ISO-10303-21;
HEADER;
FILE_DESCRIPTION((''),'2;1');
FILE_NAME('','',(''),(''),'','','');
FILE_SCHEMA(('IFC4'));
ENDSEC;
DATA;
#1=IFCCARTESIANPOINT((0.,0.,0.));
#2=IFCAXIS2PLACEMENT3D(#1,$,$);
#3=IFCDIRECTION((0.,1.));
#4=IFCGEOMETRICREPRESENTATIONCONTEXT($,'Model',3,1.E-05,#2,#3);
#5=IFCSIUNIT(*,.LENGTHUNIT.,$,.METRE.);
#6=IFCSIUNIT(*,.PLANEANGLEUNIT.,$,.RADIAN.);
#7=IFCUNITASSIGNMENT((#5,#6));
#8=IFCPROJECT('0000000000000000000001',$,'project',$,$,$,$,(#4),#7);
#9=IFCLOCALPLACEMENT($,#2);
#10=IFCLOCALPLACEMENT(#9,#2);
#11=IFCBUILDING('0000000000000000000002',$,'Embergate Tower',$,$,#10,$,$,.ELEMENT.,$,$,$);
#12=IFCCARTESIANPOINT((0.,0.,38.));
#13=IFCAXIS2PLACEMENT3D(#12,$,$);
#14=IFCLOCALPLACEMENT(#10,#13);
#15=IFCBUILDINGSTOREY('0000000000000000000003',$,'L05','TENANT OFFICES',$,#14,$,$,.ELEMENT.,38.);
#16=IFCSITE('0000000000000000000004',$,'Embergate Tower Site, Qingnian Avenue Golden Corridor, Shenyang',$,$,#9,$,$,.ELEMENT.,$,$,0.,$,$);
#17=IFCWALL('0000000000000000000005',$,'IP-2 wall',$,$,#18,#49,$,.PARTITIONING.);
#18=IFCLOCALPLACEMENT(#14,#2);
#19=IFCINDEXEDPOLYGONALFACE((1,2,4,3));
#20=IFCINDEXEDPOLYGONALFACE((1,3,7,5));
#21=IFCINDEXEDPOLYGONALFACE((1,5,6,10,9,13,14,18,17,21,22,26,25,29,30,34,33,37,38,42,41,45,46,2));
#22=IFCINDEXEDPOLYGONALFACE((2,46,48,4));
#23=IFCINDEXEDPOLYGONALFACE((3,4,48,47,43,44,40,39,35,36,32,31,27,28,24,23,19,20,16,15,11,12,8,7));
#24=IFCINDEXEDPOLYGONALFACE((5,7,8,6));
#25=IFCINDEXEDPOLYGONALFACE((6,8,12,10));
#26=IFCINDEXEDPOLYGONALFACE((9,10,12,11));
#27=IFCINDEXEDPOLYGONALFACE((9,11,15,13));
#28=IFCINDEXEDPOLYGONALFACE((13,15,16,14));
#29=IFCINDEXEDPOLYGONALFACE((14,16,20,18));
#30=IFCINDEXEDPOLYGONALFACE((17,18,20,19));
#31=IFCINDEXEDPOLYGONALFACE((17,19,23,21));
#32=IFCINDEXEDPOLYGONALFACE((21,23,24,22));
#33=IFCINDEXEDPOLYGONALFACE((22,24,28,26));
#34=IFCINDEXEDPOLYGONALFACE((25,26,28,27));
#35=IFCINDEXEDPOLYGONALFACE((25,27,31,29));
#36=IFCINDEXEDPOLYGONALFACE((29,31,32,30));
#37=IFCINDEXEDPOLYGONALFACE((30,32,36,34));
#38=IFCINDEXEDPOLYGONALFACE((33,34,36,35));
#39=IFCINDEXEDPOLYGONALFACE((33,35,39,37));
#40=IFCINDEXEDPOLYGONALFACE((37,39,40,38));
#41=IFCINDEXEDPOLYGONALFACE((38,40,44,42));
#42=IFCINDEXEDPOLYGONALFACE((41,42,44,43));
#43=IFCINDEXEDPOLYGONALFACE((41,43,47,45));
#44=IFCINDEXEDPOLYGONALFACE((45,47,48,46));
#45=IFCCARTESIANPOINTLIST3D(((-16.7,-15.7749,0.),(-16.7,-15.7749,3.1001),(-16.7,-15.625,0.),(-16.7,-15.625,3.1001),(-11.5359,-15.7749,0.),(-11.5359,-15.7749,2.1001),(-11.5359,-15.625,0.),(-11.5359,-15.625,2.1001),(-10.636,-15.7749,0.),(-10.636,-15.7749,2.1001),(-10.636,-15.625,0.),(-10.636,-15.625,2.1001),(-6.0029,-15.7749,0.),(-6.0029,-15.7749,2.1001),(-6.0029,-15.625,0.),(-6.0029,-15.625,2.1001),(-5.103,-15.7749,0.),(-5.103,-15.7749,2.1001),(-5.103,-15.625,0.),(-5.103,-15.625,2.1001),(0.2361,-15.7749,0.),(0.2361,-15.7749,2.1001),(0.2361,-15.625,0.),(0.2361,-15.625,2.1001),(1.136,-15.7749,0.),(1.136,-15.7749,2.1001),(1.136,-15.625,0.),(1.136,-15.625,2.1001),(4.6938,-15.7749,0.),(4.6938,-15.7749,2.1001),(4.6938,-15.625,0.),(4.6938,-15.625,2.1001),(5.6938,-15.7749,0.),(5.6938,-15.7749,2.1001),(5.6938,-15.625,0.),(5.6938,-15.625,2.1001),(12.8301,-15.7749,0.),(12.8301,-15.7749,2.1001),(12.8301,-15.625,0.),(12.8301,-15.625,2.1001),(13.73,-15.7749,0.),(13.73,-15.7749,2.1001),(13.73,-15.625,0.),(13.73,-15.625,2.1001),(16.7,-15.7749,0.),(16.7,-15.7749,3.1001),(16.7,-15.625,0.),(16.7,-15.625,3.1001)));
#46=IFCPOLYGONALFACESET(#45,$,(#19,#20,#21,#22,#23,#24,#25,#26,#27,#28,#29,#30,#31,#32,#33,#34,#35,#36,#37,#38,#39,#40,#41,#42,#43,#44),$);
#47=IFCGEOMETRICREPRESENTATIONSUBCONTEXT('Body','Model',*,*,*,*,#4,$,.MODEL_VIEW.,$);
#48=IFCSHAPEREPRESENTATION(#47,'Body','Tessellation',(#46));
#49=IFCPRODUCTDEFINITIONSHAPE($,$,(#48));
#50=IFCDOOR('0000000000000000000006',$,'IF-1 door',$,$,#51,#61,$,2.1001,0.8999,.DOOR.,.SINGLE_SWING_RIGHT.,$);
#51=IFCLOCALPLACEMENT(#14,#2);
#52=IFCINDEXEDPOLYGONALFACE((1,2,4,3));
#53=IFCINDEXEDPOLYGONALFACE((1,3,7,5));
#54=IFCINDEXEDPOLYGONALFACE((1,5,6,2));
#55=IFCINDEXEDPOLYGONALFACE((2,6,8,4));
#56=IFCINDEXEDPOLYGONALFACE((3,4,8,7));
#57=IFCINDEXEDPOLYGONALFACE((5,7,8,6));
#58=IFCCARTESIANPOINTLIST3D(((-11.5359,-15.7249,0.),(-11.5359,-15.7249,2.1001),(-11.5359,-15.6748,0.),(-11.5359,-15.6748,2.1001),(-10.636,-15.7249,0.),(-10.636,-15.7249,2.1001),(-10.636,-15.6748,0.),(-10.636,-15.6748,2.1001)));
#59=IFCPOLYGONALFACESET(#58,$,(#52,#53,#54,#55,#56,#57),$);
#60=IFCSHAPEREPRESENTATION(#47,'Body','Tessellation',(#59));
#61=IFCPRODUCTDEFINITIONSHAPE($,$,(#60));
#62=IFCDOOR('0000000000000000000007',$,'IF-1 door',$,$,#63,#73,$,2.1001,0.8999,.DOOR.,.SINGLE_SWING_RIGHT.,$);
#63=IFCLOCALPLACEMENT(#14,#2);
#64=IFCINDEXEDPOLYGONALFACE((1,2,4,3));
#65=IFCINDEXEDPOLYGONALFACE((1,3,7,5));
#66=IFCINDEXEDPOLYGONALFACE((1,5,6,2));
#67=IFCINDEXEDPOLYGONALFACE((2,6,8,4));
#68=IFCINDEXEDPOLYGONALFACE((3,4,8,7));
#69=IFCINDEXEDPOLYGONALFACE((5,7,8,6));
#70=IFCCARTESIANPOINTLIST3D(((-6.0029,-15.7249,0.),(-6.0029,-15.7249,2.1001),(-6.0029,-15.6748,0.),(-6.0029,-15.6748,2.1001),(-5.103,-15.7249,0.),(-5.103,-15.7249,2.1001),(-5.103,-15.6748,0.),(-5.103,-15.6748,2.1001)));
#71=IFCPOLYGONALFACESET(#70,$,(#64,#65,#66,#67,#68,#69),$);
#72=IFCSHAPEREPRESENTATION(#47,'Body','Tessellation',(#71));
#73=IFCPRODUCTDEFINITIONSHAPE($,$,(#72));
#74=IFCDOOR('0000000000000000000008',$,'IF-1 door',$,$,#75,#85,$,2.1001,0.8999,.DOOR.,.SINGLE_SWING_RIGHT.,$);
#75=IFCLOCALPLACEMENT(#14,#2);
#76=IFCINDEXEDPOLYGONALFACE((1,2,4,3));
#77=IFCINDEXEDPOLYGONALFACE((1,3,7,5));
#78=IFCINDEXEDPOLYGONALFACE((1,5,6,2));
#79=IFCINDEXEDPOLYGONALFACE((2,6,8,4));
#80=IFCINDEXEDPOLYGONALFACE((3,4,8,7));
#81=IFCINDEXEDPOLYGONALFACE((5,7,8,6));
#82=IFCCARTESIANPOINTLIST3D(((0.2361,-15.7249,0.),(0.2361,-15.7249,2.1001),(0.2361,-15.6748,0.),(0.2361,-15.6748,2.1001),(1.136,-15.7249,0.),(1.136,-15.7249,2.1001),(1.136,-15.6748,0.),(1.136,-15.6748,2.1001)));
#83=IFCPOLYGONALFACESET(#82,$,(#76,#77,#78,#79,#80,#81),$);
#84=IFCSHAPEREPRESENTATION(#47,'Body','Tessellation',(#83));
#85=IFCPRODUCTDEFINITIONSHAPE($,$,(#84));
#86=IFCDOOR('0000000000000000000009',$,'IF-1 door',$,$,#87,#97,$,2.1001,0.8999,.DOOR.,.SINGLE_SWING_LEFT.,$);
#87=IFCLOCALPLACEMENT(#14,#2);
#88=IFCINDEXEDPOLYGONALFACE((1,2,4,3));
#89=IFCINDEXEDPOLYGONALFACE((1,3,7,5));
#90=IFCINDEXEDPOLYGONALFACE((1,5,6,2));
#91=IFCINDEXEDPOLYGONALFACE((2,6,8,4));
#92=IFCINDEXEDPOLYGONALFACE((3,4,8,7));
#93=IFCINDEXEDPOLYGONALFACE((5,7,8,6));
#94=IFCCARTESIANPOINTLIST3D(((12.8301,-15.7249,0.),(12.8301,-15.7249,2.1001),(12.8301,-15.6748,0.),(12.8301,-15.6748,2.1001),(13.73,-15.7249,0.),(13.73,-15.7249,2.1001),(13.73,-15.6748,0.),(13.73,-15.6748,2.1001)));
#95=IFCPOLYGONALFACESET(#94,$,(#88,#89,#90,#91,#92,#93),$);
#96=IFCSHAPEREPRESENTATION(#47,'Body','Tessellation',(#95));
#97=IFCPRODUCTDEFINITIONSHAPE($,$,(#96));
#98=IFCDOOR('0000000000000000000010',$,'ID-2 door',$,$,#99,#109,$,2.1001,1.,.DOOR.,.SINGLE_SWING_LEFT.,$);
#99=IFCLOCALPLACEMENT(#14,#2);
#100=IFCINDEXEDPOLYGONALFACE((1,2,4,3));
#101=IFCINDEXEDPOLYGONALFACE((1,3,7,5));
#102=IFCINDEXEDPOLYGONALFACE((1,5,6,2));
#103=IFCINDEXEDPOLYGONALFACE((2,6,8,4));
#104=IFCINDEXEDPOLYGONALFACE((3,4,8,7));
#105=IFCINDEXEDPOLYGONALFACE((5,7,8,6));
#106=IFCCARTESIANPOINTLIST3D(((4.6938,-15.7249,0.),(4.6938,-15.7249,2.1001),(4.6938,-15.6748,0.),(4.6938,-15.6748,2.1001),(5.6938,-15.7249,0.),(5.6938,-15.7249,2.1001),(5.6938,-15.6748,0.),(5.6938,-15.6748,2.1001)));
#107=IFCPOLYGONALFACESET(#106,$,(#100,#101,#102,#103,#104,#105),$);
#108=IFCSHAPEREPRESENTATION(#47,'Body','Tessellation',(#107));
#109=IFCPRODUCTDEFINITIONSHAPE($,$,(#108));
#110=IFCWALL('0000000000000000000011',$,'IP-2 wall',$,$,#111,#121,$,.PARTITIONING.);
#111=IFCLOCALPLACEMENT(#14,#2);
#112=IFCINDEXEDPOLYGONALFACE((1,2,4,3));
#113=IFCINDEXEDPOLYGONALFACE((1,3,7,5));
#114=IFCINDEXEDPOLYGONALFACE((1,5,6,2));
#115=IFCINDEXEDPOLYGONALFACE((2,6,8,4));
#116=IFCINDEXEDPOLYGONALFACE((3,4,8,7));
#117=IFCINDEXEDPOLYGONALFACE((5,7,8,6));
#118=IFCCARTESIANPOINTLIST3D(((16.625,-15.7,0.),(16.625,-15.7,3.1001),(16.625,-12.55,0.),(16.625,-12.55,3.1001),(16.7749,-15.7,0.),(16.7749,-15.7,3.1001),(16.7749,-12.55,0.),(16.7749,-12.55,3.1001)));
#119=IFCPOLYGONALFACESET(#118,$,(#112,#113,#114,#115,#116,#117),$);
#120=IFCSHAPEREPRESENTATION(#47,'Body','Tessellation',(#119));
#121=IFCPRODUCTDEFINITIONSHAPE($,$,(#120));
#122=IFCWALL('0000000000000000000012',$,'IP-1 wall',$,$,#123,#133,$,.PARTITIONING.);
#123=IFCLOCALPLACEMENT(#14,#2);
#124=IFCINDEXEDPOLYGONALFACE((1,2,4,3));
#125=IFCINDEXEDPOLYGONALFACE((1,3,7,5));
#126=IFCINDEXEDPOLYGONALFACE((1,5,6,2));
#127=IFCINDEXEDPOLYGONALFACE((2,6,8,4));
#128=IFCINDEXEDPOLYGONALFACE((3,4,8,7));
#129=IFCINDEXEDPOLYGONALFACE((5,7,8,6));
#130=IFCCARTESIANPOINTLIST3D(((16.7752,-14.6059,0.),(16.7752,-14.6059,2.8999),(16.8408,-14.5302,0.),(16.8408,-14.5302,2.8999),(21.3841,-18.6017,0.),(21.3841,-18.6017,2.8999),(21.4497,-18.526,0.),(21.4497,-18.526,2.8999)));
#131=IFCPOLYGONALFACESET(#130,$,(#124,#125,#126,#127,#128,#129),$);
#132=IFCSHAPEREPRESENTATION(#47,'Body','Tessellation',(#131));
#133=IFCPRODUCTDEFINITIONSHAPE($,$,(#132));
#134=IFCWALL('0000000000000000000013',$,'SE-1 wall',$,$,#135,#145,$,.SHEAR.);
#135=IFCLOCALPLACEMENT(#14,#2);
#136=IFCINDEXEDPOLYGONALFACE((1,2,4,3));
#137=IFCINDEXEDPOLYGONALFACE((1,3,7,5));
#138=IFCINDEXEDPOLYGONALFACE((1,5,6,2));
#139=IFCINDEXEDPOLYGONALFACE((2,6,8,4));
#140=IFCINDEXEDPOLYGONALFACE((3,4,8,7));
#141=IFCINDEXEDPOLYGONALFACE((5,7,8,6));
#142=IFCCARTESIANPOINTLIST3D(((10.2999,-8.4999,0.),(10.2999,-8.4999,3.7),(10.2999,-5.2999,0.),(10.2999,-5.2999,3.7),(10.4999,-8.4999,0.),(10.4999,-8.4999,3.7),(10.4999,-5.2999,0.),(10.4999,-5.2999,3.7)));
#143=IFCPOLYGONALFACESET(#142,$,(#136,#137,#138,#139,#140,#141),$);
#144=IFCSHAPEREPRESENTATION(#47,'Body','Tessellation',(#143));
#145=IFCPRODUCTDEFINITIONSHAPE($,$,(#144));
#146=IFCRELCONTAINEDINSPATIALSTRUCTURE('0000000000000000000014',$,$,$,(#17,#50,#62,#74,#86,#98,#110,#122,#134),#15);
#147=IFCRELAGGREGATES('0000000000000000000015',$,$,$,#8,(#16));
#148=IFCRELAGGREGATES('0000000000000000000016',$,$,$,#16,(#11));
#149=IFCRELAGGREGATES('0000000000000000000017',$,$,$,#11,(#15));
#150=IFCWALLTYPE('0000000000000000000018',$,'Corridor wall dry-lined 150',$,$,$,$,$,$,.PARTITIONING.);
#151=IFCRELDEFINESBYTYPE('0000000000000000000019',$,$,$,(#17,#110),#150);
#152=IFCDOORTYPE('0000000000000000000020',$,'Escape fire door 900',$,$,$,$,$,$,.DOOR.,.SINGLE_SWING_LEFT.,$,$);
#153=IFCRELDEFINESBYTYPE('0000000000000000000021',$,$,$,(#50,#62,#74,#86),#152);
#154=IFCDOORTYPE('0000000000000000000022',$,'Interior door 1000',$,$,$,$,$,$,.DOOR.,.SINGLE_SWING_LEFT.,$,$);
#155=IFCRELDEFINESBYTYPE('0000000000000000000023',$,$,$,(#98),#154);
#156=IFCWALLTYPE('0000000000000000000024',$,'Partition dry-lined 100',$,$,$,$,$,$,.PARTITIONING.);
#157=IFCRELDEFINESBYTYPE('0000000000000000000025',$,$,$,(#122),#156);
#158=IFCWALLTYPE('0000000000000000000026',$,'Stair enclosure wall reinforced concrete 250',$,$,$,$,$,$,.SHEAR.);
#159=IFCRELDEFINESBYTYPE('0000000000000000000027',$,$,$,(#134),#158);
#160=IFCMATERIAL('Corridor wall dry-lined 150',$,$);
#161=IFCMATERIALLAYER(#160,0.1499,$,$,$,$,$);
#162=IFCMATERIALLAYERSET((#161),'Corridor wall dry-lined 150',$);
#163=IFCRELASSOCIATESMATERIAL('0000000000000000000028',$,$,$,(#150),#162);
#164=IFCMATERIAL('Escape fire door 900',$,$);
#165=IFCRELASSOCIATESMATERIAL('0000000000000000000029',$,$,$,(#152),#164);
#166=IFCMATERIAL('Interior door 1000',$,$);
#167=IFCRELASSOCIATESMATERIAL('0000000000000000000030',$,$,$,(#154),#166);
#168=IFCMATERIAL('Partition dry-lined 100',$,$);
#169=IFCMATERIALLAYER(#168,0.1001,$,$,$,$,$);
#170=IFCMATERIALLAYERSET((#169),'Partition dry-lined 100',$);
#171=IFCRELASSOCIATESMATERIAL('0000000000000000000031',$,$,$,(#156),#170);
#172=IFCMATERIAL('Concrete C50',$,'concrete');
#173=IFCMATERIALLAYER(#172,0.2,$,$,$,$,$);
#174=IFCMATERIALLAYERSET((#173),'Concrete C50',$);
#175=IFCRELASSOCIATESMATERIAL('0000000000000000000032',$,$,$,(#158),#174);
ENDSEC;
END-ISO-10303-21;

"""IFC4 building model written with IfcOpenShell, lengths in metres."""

from ifc_helpers import new_model, si_unit, direction, frame, frame_2d, origin, place, context, subcontext, project, spatial, rectangle, extrude, source, transform, mapped, material, layer, layer_set, type_object, element, fill, save


model = new_model("IFC4")

# Units and contexts
model_context = context("Model", 3, precision=1e-05, world=origin(), true_north=direction((0.0, 1.0)))
body_context = subcontext(model_context, "Body", "Model", "MODEL_VIEW")
ifc_project = project(units=[si_unit("LENGTHUNIT", "METRE"), si_unit("PLANEANGLEUNIT", "RADIAN")], contexts=[model_context])

# Site, building, storey
site_placement = place(None, origin())
site = spatial("IfcSite", under=ifc_project, at=site_placement, Name="Embergate Tower Site, Qingnian Avenue Golden Corridor, Shenyang", CompositionType="ELEMENT", RefElevation=0.0)
building_placement = place(site_placement, origin())
building = spatial("IfcBuilding", under=site, at=building_placement, Name="Embergate Tower", CompositionType="ELEMENT")
storey_placement = place(building_placement, frame((0.0, 0.0, 38.0)))
storey = spatial("IfcBuildingStorey", under=building, at=storey_placement, Name="L05", Description="TENANT OFFICES", CompositionType="ELEMENT", Elevation=38.0)

# Wall, openings, doors
ifc_material_1 = material(Name="Corridor wall dry-lined 150")
ifc_layer_1 = layer(ifc_material_1, 0.1499)
ifc_layer_set_1 = layer_set([ifc_layer_1], Name="Corridor wall dry-lined 150")
wall_type_1 = type_object("IfcWallType", Name="Corridor wall dry-lined 150", PredefinedType="PARTITIONING", material=ifc_layer_set_1)
shared_shape_1 = source(origin(), body_context, "Body", "SweptSolid", [
    extrude(rectangle(XDim=33.3999, YDim=0.1499, at=frame_2d((16.7, 0.0))), origin(), (0.0, 0.0, 1.0), 3.1001),
])
wall_1_placement = place(storey_placement, frame((16.7, -15.7, 0.0), z_axis=(0.0, 0.0, 1.0), x_axis=(-1.0, 0.0, 0.0)))
wall_1 = element("IfcWall", 1, at=wall_1_placement, inside=storey, type_object=wall_type_1, Name="IP-2 wall", PredefinedType="PARTITIONING", context=body_context, shape_type="MappedRepresentation", body=[
    mapped(shared_shape_1, transform((0.0, 0.0, 0.0))),
])
shared_shape_2 = source(origin(), body_context, "Body", "SweptSolid", [
    extrude(rectangle(XDim=0.8999, YDim=2.1001, at=frame_2d((0.45, 1.05))), frame((0.0, 0.085, 0.0), z_axis=(0.0, -1.0, 0.0), x_axis=(1.0, 0.0, 0.0)), (0.0, 0.0, 1.0), 0.1699),
])
opening_1_placement = place(wall_1_placement, frame((27.3359, 0.0, 0.0)))
opening_1 = element("IfcOpeningElement", 2, at=opening_1_placement, cuts=wall_1, PredefinedType="OPENING", context=body_context, shape_type="MappedRepresentation", body=[
    mapped(shared_shape_2, transform((0.0, 0.0, 0.0))),
])
opening_2_placement = place(wall_1_placement, frame((21.803, 0.0, 0.0)))
opening_2 = element("IfcOpeningElement", 3, at=opening_2_placement, cuts=wall_1, PredefinedType="OPENING", context=body_context, shape_type="MappedRepresentation", body=[
    mapped(shared_shape_2, transform((0.0, 0.0, 0.0))),
])
opening_3_placement = place(wall_1_placement, frame((15.564, 0.0, 0.0)))
opening_3 = element("IfcOpeningElement", 4, at=opening_3_placement, cuts=wall_1, PredefinedType="OPENING", context=body_context, shape_type="MappedRepresentation", body=[
    mapped(shared_shape_2, transform((0.0, 0.0, 0.0))),
])
shared_shape_3 = source(origin(), body_context, "Body", "SweptSolid", [
    extrude(rectangle(XDim=1.0, YDim=2.1001, at=frame_2d((0.5, 1.05))), frame((0.0, 0.085, 0.0), z_axis=(0.0, -1.0, 0.0), x_axis=(1.0, 0.0, 0.0)), (0.0, 0.0, 1.0), 0.1699),
])
opening_4_placement = place(wall_1_placement, frame((11.0061, 0.0, 0.0)))
opening_4 = element("IfcOpeningElement", 5, at=opening_4_placement, cuts=wall_1, PredefinedType="OPENING", context=body_context, shape_type="MappedRepresentation", body=[
    mapped(shared_shape_3, transform((0.0, 0.0, 0.0))),
])
opening_5_placement = place(wall_1_placement, frame((2.97, 0.0, 0.0)))
opening_5 = element("IfcOpeningElement", 6, at=opening_5_placement, cuts=wall_1, PredefinedType="OPENING", context=body_context, shape_type="MappedRepresentation", body=[
    mapped(shared_shape_2, transform((0.0, 0.0, 0.0))),
])
ifc_material_2 = material(Name="Escape fire door 900")
door_type_1 = type_object("IfcDoorType", Name="Escape fire door 900", OperationType="SINGLE_SWING_LEFT", PredefinedType="DOOR", material=ifc_material_2)
shared_shape_4 = source(origin(), body_context, "Body", "SweptSolid", [
    extrude(rectangle(XDim=0.8999, YDim=2.1001, at=frame_2d((0.45, 1.05))), frame((0.0, 0.0249, 0.0), z_axis=(0.0, -1.0, 0.0), x_axis=(1.0, 0.0, 0.0)), (0.0, 0.0, 1.0), 0.05),
])
door_1_placement = place(opening_1_placement, origin())
door_1 = element("IfcDoor", 7, at=door_1_placement, inside=storey, type_object=door_type_1, Name="IF-1 door", OperationType="SINGLE_SWING_RIGHT", OverallHeight=2.1001, OverallWidth=0.8999, PredefinedType="DOOR", context=body_context, shape_type="MappedRepresentation", body=[
    mapped(shared_shape_4, transform((0.0, 0.0, 0.0))),
])
fill(opening_1, door_1)
door_2_placement = place(opening_2_placement, origin())
door_2 = element("IfcDoor", 8, at=door_2_placement, inside=storey, type_object=door_type_1, Name="IF-1 door", OperationType="SINGLE_SWING_RIGHT", OverallHeight=2.1001, OverallWidth=0.8999, PredefinedType="DOOR", context=body_context, shape_type="MappedRepresentation", body=[
    mapped(shared_shape_4, transform((0.0, 0.0, 0.0))),
])
fill(opening_2, door_2)
door_3_placement = place(opening_3_placement, origin())
door_3 = element("IfcDoor", 9, at=door_3_placement, inside=storey, type_object=door_type_1, Name="IF-1 door", OperationType="SINGLE_SWING_RIGHT", OverallHeight=2.1001, OverallWidth=0.8999, PredefinedType="DOOR", context=body_context, shape_type="MappedRepresentation", body=[
    mapped(shared_shape_4, transform((0.0, 0.0, 0.0))),
])
fill(opening_3, door_3)
door_4_placement = place(opening_5_placement, origin())
door_4 = element("IfcDoor", 10, at=door_4_placement, inside=storey, type_object=door_type_1, Name="IF-1 door", OperationType="SINGLE_SWING_LEFT", OverallHeight=2.1001, OverallWidth=0.8999, PredefinedType="DOOR", context=body_context, shape_type="MappedRepresentation", body=[
    mapped(shared_shape_4, transform((0.0, 0.0, 0.0))),
])
fill(opening_5, door_4)
ifc_material_3 = material(Name="Interior door 1000")
door_type_2 = type_object("IfcDoorType", Name="Interior door 1000", OperationType="SINGLE_SWING_LEFT", PredefinedType="DOOR", material=ifc_material_3)
shared_shape_5 = source(origin(), body_context, "Body", "SweptSolid", [
    extrude(rectangle(XDim=1.0, YDim=2.1001, at=frame_2d((0.5, 1.05))), frame((0.0, 0.0249, 0.0), z_axis=(0.0, -1.0, 0.0), x_axis=(1.0, 0.0, 0.0)), (0.0, 0.0, 1.0), 0.05),
])
door_5_placement = place(opening_4_placement, origin())
door_5 = element("IfcDoor", 11, at=door_5_placement, inside=storey, type_object=door_type_2, Name="ID-2 door", OperationType="SINGLE_SWING_LEFT", OverallHeight=2.1001, OverallWidth=1.0, PredefinedType="DOOR", context=body_context, shape_type="MappedRepresentation", body=[
    mapped(shared_shape_5, transform((0.0, 0.0, 0.0))),
])
fill(opening_4, door_5)

# Walls
shared_shape_6 = source(origin(), body_context, "Body", "SweptSolid", [
    extrude(rectangle(XDim=3.1499, YDim=0.1499, at=frame_2d((1.575, 0.0))), origin(), (0.0, 0.0, 1.0), 3.1001),
])
wall_2_placement = place(storey_placement, frame((16.7, -12.55, 0.0), z_axis=(0.0, 0.0, 1.0), x_axis=(0.0, -1.0, 0.0)))
element("IfcWall", 12, at=wall_2_placement, inside=storey, type_object=wall_type_1, Name="IP-2 wall", PredefinedType="PARTITIONING", context=body_context, shape_type="MappedRepresentation", body=[
    mapped(shared_shape_6, transform((0.0, 0.0, 0.0))),
])
ifc_material_4 = material(Name="Partition dry-lined 100")
ifc_layer_2 = layer(ifc_material_4, 0.1001)
ifc_layer_set_2 = layer_set([ifc_layer_2], Name="Partition dry-lined 100")
wall_type_2 = type_object("IfcWallType", Name="Partition dry-lined 100", PredefinedType="PARTITIONING", material=ifc_layer_set_2)
shared_shape_7 = source(origin(), body_context, "Body", "SweptSolid", [
    extrude(rectangle(XDim=6.0999, YDim=0.1001, at=frame_2d((3.0498, 0.0))), origin(), (0.0, 0.0, 1.0), 2.8999),
])
wall_3_placement = place(storey_placement, frame((16.8081, -14.5681, 0.0), z_axis=(0.0, 0.0, 1.0), x_axis=(0.755569, -0.655069, 0.0)))
element("IfcWall", 13, at=wall_3_placement, inside=storey, type_object=wall_type_2, Name="IP-1 wall", PredefinedType="PARTITIONING", context=body_context, shape_type="MappedRepresentation", body=[
    mapped(shared_shape_7, transform((0.0, 0.0, 0.0))),
])
ifc_material_5 = material(Name="Concrete C50", Category="concrete")
ifc_layer_3 = layer(ifc_material_5, 0.2)
ifc_layer_set_3 = layer_set([ifc_layer_3], Name="Concrete C50")
wall_type_3 = type_object("IfcWallType", Name="Stair enclosure wall reinforced concrete 250", PredefinedType="SHEAR", material=ifc_layer_set_3)
shared_shape_8 = source(origin(), body_context, "Body", "SweptSolid", [
    extrude(rectangle(XDim=3.2, YDim=0.2, at=frame_2d((1.6001, 0.0))), origin(), (0.0, 0.0, 1.0), 3.7),
])
wall_4_placement = place(storey_placement, frame((10.3999, -8.5, 0.0), z_axis=(0.0, 0.0, 1.0), x_axis=(0.0, 1.0, 0.0)))
element("IfcWall", 14, at=wall_4_placement, inside=storey, type_object=wall_type_3, Name="SE-1 wall", PredefinedType="SHEAR", context=body_context, shape_type="MappedRepresentation", body=[
    mapped(shared_shape_8, transform((0.0, 0.0, 0.0))),
])

save(model, "model.ifc")
